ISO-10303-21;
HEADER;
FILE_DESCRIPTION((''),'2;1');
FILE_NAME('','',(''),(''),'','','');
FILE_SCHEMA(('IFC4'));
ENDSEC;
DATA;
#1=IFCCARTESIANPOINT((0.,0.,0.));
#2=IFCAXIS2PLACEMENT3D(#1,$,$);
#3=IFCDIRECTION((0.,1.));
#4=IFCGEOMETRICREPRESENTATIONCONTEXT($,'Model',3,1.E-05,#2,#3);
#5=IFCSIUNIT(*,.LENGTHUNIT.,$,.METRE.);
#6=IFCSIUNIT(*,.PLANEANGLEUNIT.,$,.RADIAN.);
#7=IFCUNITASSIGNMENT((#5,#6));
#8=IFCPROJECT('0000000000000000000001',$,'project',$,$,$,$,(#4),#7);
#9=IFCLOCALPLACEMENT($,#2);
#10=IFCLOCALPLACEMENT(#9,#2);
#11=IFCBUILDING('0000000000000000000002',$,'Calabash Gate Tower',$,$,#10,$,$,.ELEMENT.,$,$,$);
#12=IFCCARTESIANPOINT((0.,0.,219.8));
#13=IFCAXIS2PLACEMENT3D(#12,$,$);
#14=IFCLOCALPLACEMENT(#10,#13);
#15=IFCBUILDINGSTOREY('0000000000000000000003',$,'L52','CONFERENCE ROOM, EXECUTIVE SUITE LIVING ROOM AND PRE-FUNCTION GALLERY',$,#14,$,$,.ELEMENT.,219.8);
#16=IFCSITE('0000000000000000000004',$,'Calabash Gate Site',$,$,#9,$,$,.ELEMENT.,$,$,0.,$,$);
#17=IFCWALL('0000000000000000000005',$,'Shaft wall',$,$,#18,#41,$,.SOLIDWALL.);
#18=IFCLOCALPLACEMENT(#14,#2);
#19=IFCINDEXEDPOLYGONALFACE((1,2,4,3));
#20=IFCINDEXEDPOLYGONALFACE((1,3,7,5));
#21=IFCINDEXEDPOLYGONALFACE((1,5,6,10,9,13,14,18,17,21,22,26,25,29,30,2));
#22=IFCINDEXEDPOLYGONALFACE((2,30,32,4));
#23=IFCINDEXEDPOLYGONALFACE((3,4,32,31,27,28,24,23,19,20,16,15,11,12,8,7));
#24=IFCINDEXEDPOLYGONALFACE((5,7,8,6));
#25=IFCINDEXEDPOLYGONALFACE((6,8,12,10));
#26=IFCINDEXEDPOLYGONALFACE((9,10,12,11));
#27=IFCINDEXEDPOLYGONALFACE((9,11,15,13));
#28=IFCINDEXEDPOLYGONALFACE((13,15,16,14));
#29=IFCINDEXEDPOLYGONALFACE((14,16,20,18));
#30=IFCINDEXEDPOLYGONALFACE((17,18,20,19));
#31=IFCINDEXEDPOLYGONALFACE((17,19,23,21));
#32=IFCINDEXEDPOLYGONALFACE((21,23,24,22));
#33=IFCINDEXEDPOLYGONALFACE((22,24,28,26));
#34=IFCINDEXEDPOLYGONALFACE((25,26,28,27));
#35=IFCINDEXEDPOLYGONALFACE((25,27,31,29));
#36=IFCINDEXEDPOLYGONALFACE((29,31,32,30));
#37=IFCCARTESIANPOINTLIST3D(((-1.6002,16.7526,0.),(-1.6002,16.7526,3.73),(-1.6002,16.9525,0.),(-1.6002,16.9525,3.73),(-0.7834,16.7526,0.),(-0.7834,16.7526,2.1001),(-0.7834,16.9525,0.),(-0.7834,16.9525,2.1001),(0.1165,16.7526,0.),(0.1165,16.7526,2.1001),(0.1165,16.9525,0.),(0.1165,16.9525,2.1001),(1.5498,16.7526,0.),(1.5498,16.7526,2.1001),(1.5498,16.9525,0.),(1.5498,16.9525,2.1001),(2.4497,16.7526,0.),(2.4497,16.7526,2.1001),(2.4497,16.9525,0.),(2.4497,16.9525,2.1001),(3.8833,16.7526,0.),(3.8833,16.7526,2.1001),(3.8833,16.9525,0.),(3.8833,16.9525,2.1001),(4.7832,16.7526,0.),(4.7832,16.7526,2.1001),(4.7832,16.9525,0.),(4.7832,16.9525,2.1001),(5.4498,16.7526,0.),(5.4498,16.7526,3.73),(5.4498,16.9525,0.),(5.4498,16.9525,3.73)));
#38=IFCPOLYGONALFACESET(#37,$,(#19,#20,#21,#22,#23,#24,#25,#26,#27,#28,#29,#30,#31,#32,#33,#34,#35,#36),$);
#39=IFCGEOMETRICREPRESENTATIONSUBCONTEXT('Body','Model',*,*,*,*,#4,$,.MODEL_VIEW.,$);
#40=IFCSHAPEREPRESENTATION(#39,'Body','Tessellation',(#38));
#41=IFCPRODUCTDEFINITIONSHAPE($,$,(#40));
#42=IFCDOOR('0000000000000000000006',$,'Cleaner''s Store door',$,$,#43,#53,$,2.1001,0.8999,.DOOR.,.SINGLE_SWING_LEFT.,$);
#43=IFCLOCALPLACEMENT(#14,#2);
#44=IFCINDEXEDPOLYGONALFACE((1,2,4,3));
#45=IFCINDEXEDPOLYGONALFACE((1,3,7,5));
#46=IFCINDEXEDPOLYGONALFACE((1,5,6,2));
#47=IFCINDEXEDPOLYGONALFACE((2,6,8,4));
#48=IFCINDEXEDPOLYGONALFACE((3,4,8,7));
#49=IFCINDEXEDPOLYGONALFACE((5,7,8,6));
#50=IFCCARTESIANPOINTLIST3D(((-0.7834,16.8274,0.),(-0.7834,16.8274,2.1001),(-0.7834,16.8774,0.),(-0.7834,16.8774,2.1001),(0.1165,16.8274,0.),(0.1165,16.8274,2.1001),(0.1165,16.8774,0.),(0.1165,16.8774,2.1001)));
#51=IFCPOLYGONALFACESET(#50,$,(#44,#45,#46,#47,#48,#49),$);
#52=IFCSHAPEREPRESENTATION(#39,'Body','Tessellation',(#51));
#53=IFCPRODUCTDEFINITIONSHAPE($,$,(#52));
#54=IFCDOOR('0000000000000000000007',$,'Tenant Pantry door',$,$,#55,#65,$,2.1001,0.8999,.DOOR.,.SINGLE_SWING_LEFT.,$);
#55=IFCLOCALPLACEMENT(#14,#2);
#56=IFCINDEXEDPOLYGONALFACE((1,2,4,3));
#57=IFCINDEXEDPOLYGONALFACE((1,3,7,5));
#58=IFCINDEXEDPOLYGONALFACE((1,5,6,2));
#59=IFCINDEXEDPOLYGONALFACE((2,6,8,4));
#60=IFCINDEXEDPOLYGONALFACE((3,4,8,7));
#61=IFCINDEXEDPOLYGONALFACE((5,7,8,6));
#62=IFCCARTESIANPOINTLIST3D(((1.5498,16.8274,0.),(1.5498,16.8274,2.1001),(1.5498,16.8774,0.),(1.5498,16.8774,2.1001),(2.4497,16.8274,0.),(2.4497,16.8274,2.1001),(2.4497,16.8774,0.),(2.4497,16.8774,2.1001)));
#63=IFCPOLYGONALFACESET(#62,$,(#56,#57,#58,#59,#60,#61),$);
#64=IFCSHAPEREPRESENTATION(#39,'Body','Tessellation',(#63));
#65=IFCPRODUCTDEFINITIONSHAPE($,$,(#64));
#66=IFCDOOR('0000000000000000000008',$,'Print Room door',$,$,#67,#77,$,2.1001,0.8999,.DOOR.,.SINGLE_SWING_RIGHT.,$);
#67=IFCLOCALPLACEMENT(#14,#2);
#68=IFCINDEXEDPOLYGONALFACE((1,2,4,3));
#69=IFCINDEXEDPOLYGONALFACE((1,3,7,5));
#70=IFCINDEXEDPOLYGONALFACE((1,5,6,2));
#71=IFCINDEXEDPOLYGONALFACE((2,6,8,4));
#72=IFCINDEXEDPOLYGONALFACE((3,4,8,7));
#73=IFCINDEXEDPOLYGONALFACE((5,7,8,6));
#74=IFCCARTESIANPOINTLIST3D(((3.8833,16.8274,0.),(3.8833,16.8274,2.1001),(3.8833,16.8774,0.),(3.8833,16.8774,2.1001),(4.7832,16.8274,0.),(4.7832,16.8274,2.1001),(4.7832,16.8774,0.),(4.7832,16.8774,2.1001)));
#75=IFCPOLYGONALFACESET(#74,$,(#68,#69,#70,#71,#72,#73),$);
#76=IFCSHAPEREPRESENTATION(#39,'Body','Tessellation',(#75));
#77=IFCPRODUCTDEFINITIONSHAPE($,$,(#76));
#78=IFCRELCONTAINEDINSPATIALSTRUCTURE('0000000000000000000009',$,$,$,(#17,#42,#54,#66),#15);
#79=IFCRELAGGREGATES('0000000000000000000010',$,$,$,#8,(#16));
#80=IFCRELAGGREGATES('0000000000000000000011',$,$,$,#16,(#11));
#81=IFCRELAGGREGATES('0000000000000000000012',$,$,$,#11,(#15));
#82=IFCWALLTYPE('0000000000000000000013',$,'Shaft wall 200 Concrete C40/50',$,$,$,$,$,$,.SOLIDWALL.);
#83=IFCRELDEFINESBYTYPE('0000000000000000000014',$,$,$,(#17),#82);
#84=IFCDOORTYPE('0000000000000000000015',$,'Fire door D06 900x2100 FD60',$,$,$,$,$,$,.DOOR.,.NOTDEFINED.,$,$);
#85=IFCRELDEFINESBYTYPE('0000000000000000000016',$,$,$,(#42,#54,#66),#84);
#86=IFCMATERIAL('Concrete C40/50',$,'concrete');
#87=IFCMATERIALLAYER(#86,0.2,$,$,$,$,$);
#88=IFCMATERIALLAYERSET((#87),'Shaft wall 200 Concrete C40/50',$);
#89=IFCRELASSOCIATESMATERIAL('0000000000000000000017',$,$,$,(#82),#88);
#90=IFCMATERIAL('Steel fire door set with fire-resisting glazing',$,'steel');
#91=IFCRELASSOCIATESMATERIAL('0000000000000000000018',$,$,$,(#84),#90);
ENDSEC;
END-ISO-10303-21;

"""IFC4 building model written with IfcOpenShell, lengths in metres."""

from ifc_helpers import new_model, si_unit, direction, frame, frame_2d, origin, place, context, subcontext, project, spatial, rectangle, extrude, material, layer, layer_set, type_object, element, fill, save


model = new_model("IFC4")

# Units and contexts
model_context = context("Model", 3, precision=1e-05, world=origin(), true_north=direction((0.0, 1.0)))
body_context = subcontext(model_context, "Body", "Model", "MODEL_VIEW")
ifc_project = project(units=[si_unit("LENGTHUNIT", "METRE"), si_unit("PLANEANGLEUNIT", "RADIAN")], contexts=[model_context])

# Site, building, storey
site_placement = place(None, origin())
site = spatial("IfcSite", under=ifc_project, at=site_placement, Name="Calabash Gate Site", CompositionType="ELEMENT", RefElevation=0.0)
building_placement = place(site_placement, origin())
building = spatial("IfcBuilding", under=site, at=building_placement, Name="Calabash Gate Tower", CompositionType="ELEMENT")
storey_placement = place(building_placement, frame((0.0, 0.0, 219.8)))
storey = spatial("IfcBuildingStorey", under=building, at=storey_placement, Name="L52", Description="CONFERENCE ROOM, EXECUTIVE SUITE LIVING ROOM AND PRE-FUNCTION GALLERY", CompositionType="ELEMENT", Elevation=219.8)

# Shared definitions
ifc_material_1 = material(Name="Concrete C40/50", Category="concrete")
ifc_layer_1 = layer(ifc_material_1, 0.2)
ifc_layer_set_1 = layer_set([ifc_layer_1], Name="Shaft wall 200 Concrete C40/50")
wall_type_1 = type_object("IfcWallType", Name="Shaft wall 200 Concrete C40/50", PredefinedType="SOLIDWALL", material=ifc_layer_set_1)

# Shared definitions
ifc_material_2 = material(Name="Steel fire door set with fire-resisting glazing", Category="steel")
door_type_1 = type_object("IfcDoorType", Name="Fire door D06 900x2100 FD60", OperationType="NOTDEFINED", PredefinedType="DOOR", material=ifc_material_2)

# Wall, openings, doors
wall_1_placement = place(storey_placement, frame((-1.6001, 16.8525, 0.0), z_axis=(0.0, 0.0, 1.0), x_axis=(1.0, 0.0, 0.0)))
wall_1 = element("IfcWall", 1, at=wall_1_placement, inside=storey, type_object=wall_type_1, Name="Shaft wall", PredefinedType="SOLIDWALL", context=body_context, shape_type="SweptSolid", body=[
    extrude(rectangle(XDim=7.05, YDim=0.2, at=frame_2d((3.5249, 0.0))), origin(), (0.0, 0.0, 1.0), 3.73),
])
opening_1_placement = place(wall_1_placement, frame((0.8167, 0.0, 0.0)))
opening_1 = element("IfcOpeningElement", 2, at=opening_1_placement, cuts=wall_1, PredefinedType="OPENING", context=body_context, shape_type="SweptSolid", body=[
    extrude(rectangle(XDim=0.8999, YDim=2.1001, at=frame_2d((0.45, 1.05))), frame((0.0, 0.1099, 0.0), z_axis=(0.0, -1.0, 0.0), x_axis=(1.0, 0.0, 0.0)), (0.0, 0.0, 1.0), 0.22),
])
opening_2_placement = place(wall_1_placement, frame((3.1499, 0.0, 0.0)))
opening_2 = element("IfcOpeningElement", 3, at=opening_2_placement, cuts=wall_1, PredefinedType="OPENING", context=body_context, shape_type="SweptSolid", body=[
    extrude(rectangle(XDim=0.8999, YDim=2.1001, at=frame_2d((0.45, 1.05))), frame((0.0, 0.1099, 0.0), z_axis=(0.0, -1.0, 0.0), x_axis=(1.0, 0.0, 0.0)), (0.0, 0.0, 1.0), 0.22),
])
opening_3_placement = place(wall_1_placement, frame((5.4834, 0.0, 0.0)))
opening_3 = element("IfcOpeningElement", 4, at=opening_3_placement, cuts=wall_1, PredefinedType="OPENING", context=body_context, shape_type="SweptSolid", body=[
    extrude(rectangle(XDim=0.8999, YDim=2.1001, at=frame_2d((0.45, 1.05))), frame((0.0, 0.1099, 0.0), z_axis=(0.0, -1.0, 0.0), x_axis=(1.0, 0.0, 0.0)), (0.0, 0.0, 1.0), 0.22),
])
door_1_placement = place(opening_1_placement, origin())
door_1 = element("IfcDoor", 5, at=door_1_placement, inside=storey, type_object=door_type_1, Name="Cleaner's Store door", OperationType="SINGLE_SWING_LEFT", OverallHeight=2.1001, OverallWidth=0.8999, PredefinedType="DOOR", context=body_context, shape_type="SweptSolid", body=[
    extrude(rectangle(XDim=0.8999, YDim=2.1001, at=frame_2d((0.45, 1.05))), frame((0.0, 0.0249, 0.0), z_axis=(0.0, -1.0, 0.0), x_axis=(1.0, 0.0, 0.0)), (0.0, 0.0, 1.0), 0.05),
])
fill(opening_1, door_1)
door_2_placement = place(opening_2_placement, origin())
door_2 = element("IfcDoor", 6, at=door_2_placement, inside=storey, type_object=door_type_1, Name="Tenant Pantry door", OperationType="SINGLE_SWING_LEFT", OverallHeight=2.1001, OverallWidth=0.8999, PredefinedType="DOOR", context=body_context, shape_type="SweptSolid", body=[
    extrude(rectangle(XDim=0.8999, YDim=2.1001, at=frame_2d((0.45, 1.05))), frame((0.0, 0.0249, 0.0), z_axis=(0.0, -1.0, 0.0), x_axis=(1.0, 0.0, 0.0)), (0.0, 0.0, 1.0), 0.05),
])
fill(opening_2, door_2)
door_3_placement = place(opening_3_placement, origin())
door_3 = element("IfcDoor", 7, at=door_3_placement, inside=storey, type_object=door_type_1, Name="Print Room door", OperationType="SINGLE_SWING_RIGHT", OverallHeight=2.1001, OverallWidth=0.8999, PredefinedType="DOOR", context=body_context, shape_type="SweptSolid", body=[
    extrude(rectangle(XDim=0.8999, YDim=2.1001, at=frame_2d((0.45, 1.05))), frame((0.0, 0.0249, 0.0), z_axis=(0.0, -1.0, 0.0), x_axis=(1.0, 0.0, 0.0)), (0.0, 0.0, 1.0), 0.05),
])
fill(opening_3, door_3)

save(model, "model.ifc")
